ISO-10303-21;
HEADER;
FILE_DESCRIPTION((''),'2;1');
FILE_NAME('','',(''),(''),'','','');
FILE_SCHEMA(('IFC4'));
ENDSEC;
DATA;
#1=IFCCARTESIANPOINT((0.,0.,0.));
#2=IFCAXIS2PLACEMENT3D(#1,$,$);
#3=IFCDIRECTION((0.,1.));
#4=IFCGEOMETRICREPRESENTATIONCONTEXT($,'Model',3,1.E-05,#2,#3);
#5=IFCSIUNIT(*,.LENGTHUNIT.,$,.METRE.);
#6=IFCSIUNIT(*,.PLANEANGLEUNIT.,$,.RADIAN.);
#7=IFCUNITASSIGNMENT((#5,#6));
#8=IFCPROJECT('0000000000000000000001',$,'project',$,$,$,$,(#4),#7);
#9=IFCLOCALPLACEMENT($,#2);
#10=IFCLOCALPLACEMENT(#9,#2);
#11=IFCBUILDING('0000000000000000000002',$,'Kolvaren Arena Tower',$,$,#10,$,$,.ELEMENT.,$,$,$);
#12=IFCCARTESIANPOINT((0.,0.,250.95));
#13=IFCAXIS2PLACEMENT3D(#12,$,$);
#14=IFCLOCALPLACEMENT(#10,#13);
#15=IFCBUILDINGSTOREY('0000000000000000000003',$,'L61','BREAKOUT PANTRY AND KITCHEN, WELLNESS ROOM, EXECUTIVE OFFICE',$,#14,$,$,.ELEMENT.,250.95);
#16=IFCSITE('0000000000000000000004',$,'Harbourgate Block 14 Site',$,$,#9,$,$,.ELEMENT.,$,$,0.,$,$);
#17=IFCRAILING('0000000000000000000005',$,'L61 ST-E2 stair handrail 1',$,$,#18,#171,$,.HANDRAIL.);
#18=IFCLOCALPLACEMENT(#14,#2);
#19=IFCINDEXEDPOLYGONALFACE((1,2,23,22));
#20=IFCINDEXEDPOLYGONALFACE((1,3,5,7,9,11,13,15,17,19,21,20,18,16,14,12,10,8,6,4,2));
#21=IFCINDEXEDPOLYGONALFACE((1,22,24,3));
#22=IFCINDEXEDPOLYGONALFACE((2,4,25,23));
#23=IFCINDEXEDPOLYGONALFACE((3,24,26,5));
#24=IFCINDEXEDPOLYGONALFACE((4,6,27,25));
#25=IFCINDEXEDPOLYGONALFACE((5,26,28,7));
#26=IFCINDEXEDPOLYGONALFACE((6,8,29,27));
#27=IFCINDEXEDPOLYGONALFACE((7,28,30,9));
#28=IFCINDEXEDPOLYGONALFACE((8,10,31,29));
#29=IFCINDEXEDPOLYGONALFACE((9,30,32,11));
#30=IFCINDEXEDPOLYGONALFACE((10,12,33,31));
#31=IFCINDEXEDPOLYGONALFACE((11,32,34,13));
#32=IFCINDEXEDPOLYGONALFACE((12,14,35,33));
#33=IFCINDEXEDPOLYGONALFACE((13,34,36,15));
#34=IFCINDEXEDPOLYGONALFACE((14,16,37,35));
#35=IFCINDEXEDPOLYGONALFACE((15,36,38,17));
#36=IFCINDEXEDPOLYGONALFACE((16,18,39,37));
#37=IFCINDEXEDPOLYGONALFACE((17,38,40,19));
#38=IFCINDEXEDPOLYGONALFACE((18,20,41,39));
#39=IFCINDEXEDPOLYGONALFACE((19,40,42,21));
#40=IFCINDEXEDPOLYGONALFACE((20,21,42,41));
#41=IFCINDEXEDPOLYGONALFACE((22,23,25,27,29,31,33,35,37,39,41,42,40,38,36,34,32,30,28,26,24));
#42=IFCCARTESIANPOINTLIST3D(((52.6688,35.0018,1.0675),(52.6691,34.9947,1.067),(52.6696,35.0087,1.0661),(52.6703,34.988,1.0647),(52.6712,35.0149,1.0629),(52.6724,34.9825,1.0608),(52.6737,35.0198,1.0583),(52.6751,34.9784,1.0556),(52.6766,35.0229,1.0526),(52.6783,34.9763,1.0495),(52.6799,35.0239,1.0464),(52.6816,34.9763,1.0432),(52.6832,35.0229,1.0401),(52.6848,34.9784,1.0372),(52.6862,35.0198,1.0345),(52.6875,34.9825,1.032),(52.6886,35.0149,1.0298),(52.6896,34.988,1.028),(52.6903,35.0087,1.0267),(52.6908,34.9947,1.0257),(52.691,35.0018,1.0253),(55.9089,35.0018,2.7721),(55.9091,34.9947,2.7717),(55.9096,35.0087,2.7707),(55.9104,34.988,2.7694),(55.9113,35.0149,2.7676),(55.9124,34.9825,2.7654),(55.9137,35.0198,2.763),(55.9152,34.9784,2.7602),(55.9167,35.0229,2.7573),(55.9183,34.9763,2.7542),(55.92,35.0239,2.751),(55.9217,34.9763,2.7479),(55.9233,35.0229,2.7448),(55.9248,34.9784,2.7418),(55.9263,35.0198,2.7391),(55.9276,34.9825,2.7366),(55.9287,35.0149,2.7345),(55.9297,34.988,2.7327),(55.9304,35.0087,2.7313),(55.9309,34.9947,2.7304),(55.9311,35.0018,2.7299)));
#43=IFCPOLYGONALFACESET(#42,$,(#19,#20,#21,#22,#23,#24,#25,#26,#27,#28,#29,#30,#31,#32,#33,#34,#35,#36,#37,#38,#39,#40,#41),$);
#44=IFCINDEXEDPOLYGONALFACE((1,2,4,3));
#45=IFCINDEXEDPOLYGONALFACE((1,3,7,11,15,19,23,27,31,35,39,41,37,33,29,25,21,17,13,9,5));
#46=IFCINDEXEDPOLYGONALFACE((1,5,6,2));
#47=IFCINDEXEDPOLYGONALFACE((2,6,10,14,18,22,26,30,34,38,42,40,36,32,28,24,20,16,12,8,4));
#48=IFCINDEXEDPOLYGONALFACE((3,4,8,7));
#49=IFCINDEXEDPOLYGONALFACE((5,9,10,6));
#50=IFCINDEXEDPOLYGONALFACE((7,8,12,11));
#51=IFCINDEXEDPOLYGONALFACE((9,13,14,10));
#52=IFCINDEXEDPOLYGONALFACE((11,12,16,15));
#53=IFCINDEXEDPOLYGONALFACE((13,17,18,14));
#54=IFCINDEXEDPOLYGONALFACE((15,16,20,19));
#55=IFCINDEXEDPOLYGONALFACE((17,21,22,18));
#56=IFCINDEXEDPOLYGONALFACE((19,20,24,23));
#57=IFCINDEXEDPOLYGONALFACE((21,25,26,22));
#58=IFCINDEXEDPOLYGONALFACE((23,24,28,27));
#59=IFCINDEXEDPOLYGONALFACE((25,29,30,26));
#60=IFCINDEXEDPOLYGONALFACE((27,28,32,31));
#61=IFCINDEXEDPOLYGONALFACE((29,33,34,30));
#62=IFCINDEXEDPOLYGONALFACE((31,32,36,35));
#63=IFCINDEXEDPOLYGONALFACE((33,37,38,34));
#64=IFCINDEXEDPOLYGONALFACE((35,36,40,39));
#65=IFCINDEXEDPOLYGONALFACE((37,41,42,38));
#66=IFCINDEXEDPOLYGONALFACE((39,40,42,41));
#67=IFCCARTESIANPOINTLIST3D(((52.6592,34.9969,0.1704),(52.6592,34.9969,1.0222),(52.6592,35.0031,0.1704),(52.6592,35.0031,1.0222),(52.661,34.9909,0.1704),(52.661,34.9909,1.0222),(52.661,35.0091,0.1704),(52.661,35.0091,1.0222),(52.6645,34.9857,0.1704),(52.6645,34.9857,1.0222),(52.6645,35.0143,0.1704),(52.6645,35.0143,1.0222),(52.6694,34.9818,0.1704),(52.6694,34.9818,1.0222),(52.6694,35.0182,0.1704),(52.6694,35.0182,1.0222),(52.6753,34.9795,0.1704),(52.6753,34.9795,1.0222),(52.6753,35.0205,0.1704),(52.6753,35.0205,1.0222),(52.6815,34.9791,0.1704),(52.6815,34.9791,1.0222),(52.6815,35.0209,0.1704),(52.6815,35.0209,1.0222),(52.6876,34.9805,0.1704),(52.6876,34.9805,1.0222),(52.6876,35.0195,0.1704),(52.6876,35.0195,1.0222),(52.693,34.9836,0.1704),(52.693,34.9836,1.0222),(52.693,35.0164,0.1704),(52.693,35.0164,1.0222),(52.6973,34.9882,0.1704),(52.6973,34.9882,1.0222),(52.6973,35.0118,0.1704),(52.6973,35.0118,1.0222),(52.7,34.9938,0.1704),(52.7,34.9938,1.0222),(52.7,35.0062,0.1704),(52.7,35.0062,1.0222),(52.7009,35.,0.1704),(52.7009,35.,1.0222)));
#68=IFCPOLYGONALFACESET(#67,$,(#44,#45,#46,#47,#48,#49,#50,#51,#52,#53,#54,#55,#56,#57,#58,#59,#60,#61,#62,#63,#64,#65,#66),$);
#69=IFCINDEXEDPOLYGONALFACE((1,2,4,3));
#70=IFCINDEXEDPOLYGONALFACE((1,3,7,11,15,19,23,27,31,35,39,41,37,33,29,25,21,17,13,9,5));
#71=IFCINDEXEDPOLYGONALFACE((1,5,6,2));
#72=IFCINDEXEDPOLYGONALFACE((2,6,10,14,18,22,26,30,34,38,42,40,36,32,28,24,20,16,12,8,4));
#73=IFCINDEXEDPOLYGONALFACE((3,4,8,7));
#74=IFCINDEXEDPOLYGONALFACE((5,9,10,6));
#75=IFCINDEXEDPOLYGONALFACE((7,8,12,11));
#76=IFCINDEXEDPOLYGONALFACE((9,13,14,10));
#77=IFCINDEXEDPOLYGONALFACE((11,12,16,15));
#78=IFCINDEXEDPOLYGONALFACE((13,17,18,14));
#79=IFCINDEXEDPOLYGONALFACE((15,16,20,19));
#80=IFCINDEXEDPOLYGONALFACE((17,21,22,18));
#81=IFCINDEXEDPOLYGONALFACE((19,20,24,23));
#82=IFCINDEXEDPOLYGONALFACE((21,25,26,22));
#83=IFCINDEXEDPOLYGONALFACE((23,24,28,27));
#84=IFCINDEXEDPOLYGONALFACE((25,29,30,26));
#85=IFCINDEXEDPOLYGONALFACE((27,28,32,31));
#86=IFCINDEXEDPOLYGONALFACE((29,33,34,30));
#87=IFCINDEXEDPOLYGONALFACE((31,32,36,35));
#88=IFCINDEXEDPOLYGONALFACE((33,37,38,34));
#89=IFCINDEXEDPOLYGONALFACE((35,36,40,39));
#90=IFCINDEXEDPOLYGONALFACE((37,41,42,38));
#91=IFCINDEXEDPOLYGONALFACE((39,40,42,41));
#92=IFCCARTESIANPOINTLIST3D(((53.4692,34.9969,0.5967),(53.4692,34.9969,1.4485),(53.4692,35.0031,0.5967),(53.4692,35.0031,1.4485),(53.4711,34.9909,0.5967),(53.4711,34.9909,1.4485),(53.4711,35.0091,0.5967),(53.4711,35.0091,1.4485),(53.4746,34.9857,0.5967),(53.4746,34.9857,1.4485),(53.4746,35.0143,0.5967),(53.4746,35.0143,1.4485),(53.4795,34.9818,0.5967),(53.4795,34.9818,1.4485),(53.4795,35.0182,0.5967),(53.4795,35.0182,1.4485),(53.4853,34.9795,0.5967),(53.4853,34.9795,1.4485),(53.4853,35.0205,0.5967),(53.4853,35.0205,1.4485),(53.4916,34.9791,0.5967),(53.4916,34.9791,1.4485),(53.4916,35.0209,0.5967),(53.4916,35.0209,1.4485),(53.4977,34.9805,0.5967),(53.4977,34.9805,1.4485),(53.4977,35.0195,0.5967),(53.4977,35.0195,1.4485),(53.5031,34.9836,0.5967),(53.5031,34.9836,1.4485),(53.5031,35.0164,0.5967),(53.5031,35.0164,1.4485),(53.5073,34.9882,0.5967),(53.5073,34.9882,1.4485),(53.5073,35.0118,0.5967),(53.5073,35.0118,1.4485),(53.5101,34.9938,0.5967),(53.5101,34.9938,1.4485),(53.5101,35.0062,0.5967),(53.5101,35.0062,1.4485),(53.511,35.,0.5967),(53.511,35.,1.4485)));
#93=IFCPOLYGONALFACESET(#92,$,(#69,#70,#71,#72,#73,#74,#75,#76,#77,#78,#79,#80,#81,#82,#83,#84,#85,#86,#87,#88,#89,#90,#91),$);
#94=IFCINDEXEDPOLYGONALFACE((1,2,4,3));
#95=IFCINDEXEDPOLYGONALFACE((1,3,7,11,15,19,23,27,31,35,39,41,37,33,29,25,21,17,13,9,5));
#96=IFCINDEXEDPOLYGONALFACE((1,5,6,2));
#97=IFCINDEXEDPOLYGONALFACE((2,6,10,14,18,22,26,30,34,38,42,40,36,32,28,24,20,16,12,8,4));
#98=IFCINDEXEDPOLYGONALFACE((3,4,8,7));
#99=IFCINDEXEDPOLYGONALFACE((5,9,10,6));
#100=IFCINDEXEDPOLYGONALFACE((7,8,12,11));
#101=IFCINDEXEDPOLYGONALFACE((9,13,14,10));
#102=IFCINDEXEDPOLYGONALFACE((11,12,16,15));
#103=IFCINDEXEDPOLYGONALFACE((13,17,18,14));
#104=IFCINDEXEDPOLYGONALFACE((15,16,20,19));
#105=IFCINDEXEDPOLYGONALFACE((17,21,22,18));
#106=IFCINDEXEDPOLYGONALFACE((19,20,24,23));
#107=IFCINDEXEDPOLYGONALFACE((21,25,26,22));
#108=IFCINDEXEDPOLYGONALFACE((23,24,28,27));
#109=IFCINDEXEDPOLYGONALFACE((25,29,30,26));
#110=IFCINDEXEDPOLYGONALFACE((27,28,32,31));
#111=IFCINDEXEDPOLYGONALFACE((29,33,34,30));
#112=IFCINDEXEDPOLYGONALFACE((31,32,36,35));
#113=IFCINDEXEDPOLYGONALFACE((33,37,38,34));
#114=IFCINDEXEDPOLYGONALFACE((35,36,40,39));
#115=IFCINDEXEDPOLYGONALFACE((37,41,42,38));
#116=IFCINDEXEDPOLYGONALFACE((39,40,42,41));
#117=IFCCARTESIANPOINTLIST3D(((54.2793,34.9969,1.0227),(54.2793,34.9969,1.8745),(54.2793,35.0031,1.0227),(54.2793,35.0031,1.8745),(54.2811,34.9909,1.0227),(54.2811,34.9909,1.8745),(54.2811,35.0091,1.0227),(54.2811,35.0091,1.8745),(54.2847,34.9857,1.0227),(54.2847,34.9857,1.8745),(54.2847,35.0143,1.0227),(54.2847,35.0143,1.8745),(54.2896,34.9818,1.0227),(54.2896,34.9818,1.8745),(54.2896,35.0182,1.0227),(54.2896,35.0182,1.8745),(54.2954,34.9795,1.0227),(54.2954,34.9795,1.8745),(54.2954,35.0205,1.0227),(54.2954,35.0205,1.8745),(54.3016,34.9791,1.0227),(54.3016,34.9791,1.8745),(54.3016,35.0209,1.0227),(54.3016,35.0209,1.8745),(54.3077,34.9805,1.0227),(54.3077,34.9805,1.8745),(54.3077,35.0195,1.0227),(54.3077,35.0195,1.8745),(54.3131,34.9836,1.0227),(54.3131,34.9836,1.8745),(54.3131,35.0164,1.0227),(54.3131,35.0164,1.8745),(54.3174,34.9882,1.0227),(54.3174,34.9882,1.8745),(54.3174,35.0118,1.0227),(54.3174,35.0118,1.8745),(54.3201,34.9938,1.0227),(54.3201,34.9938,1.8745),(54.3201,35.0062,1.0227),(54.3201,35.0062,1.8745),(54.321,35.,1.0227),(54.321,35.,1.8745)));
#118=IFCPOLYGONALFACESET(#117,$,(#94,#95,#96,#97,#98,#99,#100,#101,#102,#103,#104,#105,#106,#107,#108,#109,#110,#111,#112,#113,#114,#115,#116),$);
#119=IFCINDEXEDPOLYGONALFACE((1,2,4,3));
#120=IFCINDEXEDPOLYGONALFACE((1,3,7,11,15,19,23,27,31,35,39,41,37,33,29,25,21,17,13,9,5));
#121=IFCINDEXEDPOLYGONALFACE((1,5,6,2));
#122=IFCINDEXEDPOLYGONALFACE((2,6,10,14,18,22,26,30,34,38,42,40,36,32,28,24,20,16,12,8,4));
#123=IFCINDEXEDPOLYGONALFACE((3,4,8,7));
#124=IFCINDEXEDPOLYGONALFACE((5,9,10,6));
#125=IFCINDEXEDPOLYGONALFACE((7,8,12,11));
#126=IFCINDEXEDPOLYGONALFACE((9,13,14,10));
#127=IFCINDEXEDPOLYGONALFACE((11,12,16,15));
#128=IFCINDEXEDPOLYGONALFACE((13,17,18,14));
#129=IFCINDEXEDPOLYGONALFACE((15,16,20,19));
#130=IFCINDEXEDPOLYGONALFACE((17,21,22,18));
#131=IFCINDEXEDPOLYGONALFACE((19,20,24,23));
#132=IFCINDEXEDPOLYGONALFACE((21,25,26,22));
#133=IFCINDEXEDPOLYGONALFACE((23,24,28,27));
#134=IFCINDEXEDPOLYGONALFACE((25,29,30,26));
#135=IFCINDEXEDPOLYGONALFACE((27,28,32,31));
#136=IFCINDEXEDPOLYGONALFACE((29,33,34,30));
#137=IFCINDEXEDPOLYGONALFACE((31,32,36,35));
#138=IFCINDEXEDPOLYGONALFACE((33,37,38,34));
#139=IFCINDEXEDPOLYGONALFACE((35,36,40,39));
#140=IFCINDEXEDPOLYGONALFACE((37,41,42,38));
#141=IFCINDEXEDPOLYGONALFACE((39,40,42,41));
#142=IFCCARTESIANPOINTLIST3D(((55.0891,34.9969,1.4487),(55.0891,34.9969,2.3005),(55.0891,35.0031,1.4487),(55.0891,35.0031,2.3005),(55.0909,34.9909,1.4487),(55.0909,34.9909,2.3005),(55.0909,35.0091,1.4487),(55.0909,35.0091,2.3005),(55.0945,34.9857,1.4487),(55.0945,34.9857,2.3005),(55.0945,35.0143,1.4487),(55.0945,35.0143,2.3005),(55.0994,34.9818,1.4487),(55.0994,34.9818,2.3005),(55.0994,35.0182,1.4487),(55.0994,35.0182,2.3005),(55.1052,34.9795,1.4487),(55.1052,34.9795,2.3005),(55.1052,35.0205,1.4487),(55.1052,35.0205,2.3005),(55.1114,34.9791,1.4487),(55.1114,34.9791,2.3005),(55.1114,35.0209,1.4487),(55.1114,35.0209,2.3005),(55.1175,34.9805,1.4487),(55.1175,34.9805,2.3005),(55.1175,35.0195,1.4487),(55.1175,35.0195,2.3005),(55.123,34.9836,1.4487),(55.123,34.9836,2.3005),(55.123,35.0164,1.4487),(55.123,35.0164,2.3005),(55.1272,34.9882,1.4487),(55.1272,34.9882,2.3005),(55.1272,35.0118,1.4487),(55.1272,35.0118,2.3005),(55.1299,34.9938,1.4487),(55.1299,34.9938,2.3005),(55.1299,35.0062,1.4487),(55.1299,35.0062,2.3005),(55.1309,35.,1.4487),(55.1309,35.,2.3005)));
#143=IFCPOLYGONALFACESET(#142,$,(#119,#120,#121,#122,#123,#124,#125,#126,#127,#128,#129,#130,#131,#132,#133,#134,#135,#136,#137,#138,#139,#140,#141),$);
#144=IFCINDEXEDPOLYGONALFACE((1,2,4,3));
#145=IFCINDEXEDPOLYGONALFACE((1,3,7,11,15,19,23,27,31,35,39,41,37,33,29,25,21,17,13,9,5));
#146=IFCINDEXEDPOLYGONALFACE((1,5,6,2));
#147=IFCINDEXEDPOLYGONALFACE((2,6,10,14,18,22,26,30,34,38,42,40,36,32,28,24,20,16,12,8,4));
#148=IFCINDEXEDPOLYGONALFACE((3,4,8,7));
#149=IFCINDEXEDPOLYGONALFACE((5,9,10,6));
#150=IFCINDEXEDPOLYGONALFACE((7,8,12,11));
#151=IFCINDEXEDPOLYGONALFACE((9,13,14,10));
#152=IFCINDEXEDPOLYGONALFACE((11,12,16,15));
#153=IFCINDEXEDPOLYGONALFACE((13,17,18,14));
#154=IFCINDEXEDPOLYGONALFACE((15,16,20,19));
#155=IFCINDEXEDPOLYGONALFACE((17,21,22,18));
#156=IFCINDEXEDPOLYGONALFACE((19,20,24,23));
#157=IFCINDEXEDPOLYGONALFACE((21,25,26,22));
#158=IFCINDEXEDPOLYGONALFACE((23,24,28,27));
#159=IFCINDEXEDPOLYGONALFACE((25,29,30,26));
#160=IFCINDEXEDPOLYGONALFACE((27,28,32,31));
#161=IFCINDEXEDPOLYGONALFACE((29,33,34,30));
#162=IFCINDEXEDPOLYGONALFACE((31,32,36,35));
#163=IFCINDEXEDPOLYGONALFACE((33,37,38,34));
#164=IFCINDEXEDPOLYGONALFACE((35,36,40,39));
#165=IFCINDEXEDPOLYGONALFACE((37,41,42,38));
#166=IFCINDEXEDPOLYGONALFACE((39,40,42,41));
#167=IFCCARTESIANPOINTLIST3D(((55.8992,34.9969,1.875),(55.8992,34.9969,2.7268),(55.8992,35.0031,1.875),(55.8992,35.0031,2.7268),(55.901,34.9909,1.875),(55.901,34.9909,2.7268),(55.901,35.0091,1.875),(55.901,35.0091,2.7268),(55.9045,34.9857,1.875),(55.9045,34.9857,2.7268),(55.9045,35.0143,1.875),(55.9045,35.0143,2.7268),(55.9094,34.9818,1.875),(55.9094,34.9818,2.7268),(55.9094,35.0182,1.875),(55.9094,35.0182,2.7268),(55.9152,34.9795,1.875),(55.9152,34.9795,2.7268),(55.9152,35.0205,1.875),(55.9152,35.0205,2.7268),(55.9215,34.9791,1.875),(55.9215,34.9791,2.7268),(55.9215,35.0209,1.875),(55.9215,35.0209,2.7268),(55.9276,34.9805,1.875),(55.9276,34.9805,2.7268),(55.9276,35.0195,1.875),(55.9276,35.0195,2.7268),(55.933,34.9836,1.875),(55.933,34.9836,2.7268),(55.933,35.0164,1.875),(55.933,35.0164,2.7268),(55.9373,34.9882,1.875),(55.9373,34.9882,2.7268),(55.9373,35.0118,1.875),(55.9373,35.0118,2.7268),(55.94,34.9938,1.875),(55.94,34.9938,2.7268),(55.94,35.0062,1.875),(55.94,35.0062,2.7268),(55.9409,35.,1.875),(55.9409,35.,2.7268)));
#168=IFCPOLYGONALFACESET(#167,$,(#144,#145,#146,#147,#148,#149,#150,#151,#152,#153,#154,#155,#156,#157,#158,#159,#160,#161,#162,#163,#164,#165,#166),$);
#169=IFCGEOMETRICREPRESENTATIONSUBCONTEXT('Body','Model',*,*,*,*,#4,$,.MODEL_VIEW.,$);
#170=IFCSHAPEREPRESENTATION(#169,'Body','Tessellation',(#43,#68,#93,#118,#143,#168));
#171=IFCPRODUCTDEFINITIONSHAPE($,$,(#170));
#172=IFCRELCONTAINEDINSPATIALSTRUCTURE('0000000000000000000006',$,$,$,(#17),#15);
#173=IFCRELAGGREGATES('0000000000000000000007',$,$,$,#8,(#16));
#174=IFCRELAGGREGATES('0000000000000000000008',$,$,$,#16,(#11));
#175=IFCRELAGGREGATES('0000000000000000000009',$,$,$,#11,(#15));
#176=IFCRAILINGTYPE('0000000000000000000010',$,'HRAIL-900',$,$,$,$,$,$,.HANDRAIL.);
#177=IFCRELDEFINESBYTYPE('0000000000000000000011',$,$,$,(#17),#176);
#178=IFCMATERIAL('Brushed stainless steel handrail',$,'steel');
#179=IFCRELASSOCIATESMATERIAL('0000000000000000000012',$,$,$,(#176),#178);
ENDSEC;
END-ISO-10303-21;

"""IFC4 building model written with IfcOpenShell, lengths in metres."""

from ifc_helpers import new_model, si_unit, direction, frame, origin, origin_2d, place, context, subcontext, project, spatial, circle, extrude, material, type_object, element, save


model = new_model("IFC4")

# Units and contexts
model_context = context("Model", 3, precision=1e-05, world=origin(), true_north=direction((0.0, 1.0)))
body_context = subcontext(model_context, "Body", "Model", "MODEL_VIEW")
ifc_project = project(units=[si_unit("LENGTHUNIT", "METRE"), si_unit("PLANEANGLEUNIT", "RADIAN")], contexts=[model_context])

# Site, building, storey
site_placement = place(None, origin())
site = spatial("IfcSite", under=ifc_project, at=site_placement, Name="Harbourgate Block 14 Site", CompositionType="ELEMENT", RefElevation=0.0)
building_placement = place(site_placement, origin())
building = spatial("IfcBuilding", under=site, at=building_placement, Name="Kolvaren Arena Tower", CompositionType="ELEMENT")
storey_placement = place(building_placement, frame((0.0, 0.0, 250.95)))
storey = spatial("IfcBuildingStorey", under=building, at=storey_placement, Name="L61", Description="BREAKOUT PANTRY AND KITCHEN, WELLNESS ROOM, EXECUTIVE OFFICE", CompositionType="ELEMENT", Elevation=250.95)

# Railing
ifc_material_1 = material(Name="Brushed stainless steel handrail", Category="steel")
railing_type_1 = type_object("IfcRailingType", Name="HRAIL-900", PredefinedType="HANDRAIL", material=ifc_material_1)
for number, where, name in (
    (1, (52.6799, 35.0, 0.1704), "L61 ST-E2 stair handrail 1"),
):
    element("IfcRailing", number, at=place(storey_placement, frame(where)), inside=storey, type_object=railing_type_1, Name=name, PredefinedType="HANDRAIL", context=body_context, shape_type="SweptSolid", body=[
        extrude(circle(Radius=0.0239, at=origin_2d()), frame((0.0, 0.0, 0.876), z_axis=(0.884993, 0.0, 0.465604), x_axis=(0.0, 1.0, 0.0)), (0.0, 0.0, 1.0), 3.6611),
        extrude(circle(Radius=0.021, at=origin_2d()), origin(), (0.0, 0.0, 1.0), 0.8518),
        extrude(circle(Radius=0.021, at=origin_2d()), frame((0.8101, 0.0, 0.4263)), (0.0, 0.0, 1.0), 0.8518),
        extrude(circle(Radius=0.021, at=origin_2d()), frame((1.6201, 0.0, 0.8523)), (0.0, 0.0, 1.0), 0.8518),
        extrude(circle(Radius=0.021, at=origin_2d()), frame((2.4299, 0.0, 1.2783)), (0.0, 0.0, 1.0), 0.8518),
        extrude(circle(Radius=0.021, at=origin_2d()), frame((3.24, 0.0, 1.7046)), (0.0, 0.0, 1.0), 0.8518),
    ])

save(model, "model.ifc")
